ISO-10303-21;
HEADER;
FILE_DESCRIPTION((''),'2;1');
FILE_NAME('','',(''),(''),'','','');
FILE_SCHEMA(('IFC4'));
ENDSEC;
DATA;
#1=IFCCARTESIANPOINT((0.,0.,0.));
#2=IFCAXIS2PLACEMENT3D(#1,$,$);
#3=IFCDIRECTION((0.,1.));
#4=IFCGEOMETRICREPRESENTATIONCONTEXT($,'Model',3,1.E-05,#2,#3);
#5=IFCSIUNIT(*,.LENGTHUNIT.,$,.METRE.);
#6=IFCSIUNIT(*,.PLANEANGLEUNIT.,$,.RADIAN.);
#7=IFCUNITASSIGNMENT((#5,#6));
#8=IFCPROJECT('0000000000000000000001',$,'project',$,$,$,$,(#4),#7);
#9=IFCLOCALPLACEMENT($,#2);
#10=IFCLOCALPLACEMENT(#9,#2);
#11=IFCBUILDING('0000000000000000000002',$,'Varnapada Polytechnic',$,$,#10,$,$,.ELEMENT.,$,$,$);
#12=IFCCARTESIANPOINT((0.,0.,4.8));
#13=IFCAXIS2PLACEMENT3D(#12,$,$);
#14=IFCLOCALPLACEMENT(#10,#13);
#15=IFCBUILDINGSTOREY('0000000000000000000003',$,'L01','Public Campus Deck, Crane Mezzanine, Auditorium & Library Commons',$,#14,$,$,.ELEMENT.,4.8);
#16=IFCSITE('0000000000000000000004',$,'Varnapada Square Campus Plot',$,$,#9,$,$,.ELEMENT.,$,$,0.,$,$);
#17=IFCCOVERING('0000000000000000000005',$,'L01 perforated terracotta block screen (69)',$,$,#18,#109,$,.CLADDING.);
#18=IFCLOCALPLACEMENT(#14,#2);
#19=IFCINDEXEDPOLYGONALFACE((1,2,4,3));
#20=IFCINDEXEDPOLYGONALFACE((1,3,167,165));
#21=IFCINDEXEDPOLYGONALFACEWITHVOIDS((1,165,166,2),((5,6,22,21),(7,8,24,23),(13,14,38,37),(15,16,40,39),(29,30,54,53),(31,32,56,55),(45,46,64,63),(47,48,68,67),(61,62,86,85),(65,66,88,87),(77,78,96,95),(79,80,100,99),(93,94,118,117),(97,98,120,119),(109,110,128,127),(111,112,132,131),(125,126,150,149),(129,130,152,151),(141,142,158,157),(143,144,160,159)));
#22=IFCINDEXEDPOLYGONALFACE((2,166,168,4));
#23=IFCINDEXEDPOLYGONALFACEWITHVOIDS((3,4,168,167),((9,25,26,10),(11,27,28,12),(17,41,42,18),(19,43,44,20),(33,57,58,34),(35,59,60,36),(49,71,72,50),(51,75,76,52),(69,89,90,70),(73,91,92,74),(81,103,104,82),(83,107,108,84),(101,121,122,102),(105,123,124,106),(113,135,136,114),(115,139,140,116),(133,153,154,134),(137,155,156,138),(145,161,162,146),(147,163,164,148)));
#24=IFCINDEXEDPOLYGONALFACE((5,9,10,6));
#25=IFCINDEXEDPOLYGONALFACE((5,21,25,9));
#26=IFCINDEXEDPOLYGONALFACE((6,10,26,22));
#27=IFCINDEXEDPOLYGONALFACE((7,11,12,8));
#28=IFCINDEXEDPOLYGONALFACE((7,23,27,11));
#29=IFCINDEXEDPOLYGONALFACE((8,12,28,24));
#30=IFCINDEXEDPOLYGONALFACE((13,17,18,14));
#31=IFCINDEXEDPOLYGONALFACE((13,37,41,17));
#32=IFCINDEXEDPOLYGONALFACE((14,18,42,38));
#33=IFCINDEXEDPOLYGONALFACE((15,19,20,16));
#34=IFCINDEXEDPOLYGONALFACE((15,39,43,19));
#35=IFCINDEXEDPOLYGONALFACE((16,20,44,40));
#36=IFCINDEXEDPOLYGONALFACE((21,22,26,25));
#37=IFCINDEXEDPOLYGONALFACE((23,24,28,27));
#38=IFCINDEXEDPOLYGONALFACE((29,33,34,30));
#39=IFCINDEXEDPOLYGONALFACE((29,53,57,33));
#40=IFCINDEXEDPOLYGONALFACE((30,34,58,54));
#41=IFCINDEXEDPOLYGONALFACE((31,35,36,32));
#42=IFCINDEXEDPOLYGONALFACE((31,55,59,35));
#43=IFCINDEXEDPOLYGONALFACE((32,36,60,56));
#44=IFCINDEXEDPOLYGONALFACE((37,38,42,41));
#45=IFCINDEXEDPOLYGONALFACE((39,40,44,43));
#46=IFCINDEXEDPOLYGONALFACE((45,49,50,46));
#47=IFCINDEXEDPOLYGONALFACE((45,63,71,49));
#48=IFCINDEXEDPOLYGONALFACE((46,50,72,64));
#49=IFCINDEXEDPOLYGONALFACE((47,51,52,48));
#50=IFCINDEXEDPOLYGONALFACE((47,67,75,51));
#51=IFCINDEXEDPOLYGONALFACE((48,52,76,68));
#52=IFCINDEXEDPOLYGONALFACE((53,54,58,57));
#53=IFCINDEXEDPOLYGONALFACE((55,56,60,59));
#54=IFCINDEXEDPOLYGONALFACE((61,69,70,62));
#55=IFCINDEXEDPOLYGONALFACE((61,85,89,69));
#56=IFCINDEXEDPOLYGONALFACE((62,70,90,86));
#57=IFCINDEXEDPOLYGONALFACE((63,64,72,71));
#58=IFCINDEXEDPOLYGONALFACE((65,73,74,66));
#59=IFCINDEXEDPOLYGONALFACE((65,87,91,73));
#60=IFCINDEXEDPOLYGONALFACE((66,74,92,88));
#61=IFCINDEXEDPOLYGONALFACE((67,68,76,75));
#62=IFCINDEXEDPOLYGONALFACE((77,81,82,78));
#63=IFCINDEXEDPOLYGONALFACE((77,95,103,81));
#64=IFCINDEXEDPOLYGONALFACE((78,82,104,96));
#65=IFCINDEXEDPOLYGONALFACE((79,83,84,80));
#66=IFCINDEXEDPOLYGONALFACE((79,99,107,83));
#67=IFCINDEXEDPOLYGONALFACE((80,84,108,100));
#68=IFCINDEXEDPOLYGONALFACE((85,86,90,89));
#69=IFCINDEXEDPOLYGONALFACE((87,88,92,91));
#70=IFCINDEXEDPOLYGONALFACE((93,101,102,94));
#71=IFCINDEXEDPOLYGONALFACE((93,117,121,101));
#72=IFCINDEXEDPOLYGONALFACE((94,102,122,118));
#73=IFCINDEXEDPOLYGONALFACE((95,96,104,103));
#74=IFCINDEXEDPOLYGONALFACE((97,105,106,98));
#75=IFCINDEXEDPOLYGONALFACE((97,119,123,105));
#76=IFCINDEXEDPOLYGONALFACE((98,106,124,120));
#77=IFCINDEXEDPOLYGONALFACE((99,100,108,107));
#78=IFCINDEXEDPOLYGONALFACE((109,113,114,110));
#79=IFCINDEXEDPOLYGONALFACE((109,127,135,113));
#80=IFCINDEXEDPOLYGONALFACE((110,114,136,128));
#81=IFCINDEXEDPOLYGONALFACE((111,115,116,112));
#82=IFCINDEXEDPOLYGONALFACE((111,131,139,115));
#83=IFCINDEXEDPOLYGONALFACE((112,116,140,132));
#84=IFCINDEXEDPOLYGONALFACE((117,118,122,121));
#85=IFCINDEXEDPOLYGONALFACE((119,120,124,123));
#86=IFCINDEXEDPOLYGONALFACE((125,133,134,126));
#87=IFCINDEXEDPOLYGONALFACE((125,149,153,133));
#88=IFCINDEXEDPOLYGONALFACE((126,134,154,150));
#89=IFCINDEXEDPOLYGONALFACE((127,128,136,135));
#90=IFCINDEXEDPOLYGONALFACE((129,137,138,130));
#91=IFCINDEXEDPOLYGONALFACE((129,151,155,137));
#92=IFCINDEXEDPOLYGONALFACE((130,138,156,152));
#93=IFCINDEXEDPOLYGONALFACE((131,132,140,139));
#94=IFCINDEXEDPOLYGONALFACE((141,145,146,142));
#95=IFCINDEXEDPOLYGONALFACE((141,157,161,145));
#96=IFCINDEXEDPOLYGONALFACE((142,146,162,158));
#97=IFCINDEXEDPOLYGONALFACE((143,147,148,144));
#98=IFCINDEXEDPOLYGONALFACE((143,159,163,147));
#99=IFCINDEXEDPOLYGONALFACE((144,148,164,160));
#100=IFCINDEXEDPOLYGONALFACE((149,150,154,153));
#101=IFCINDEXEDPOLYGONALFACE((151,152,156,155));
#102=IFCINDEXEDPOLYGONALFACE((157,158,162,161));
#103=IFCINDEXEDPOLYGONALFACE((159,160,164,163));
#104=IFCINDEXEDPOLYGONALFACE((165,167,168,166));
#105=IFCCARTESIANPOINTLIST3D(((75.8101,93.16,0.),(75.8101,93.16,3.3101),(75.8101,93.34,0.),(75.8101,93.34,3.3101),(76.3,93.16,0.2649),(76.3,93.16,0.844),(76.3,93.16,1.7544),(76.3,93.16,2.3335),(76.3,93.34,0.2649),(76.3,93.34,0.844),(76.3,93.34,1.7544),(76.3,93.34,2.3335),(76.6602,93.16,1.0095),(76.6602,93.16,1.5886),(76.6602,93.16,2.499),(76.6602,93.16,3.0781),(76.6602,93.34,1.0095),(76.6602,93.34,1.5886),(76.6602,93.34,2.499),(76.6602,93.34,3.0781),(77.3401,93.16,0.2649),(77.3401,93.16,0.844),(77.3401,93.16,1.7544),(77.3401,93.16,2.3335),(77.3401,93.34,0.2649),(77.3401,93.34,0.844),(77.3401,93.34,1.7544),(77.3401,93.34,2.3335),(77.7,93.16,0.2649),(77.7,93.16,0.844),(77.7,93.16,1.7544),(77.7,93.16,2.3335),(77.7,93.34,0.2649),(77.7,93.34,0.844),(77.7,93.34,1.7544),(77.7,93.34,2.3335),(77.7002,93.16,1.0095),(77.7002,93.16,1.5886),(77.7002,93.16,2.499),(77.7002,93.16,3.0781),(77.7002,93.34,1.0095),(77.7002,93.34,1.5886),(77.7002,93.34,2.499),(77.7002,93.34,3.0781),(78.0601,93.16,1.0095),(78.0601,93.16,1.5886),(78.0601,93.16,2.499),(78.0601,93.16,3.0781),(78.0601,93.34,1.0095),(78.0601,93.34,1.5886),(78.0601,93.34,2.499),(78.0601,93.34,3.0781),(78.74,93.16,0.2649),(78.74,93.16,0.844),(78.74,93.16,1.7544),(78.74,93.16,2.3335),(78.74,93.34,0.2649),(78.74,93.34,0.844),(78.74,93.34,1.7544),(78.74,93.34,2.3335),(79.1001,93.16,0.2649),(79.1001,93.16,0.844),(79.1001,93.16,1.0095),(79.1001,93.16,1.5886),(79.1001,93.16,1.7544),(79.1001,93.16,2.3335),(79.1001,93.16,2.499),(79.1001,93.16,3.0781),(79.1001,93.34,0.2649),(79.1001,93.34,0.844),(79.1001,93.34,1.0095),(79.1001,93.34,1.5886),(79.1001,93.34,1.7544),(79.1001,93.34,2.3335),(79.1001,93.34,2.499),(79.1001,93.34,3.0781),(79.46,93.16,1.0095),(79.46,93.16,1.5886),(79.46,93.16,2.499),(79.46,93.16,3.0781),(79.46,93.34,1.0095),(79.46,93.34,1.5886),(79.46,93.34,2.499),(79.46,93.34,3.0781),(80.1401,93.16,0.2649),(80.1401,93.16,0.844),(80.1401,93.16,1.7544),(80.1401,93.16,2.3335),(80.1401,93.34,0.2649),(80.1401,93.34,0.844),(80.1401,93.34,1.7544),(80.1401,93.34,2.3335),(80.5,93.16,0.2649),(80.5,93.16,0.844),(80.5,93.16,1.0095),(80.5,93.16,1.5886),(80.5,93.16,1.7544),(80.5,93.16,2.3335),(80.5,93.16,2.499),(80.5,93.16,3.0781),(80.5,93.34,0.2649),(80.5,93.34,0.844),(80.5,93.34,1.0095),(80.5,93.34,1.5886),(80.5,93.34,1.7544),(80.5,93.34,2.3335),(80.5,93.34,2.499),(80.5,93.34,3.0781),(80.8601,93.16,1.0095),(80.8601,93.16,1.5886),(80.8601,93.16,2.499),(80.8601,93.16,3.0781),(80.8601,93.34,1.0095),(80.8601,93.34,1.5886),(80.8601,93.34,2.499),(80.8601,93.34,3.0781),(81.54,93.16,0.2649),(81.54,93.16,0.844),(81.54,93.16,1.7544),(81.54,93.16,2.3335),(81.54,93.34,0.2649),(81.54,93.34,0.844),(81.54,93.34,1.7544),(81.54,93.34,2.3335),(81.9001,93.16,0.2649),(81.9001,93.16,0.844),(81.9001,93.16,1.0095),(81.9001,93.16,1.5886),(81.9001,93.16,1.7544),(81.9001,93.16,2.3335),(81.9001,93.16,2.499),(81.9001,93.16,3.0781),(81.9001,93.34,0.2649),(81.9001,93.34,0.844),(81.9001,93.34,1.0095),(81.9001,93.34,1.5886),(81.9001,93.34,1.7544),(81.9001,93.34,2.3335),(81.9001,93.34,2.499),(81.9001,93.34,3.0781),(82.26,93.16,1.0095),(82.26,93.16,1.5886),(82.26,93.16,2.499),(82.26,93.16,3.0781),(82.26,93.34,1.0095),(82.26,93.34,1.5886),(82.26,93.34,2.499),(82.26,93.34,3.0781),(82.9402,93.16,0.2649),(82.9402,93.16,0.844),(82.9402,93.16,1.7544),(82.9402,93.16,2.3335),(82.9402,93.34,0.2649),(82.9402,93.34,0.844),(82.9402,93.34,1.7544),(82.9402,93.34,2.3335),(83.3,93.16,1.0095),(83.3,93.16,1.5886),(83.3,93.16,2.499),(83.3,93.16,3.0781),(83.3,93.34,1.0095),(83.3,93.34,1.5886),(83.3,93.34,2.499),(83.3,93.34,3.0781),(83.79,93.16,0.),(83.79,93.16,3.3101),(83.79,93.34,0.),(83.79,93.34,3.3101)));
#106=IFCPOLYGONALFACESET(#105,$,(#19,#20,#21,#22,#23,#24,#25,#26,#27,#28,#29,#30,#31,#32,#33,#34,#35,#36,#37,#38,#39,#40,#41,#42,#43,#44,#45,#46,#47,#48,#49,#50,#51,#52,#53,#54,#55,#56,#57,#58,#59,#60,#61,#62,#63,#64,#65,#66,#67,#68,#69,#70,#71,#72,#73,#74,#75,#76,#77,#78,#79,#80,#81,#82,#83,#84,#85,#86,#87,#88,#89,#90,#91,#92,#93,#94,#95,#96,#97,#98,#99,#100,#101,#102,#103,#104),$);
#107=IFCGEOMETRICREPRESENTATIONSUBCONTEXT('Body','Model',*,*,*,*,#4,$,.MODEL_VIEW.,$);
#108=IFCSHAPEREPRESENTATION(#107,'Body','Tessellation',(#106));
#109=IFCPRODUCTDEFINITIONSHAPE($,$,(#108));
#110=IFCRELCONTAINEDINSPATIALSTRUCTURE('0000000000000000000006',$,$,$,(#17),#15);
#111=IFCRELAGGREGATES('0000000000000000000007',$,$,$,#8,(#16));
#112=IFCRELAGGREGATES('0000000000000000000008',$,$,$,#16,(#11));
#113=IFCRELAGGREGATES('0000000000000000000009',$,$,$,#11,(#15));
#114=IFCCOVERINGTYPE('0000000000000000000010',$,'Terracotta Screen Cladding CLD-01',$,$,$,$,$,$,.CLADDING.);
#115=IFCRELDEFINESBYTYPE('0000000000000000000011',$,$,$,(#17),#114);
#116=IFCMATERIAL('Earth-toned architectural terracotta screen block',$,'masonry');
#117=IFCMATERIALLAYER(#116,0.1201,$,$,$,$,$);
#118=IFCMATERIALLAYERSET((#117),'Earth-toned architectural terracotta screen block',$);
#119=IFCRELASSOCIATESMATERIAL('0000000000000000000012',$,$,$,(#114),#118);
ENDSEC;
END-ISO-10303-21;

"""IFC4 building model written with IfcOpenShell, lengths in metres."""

from ifc_helpers import new_model, si_unit, direction, frame, frame_2d, origin, place, context, subcontext, project, spatial, rectangle, extrude, material, layer, layer_set, type_object, element, save


model = new_model("IFC4")

# Units and contexts
model_context = context("Model", 3, precision=1e-05, world=origin(), true_north=direction((0.0, 1.0)))
body_context = subcontext(model_context, "Body", "Model", "MODEL_VIEW")
ifc_project = project(units=[si_unit("LENGTHUNIT", "METRE"), si_unit("PLANEANGLEUNIT", "RADIAN")], contexts=[model_context])

# Site, building, storey
site_placement = place(None, origin())
site = spatial("IfcSite", under=ifc_project, at=site_placement, Name="Varnapada Square Campus Plot", CompositionType="ELEMENT", RefElevation=0.0)
building_placement = place(site_placement, origin())
building = spatial("IfcBuilding", under=site, at=building_placement, Name="Varnapada Polytechnic", CompositionType="ELEMENT")
storey_placement = place(building_placement, frame((0.0, 0.0, 4.8)))
storey = spatial("IfcBuildingStorey", under=building, at=storey_placement, Name="L01", Description="Public Campus Deck, Crane Mezzanine, Auditorium & Library Commons", CompositionType="ELEMENT", Elevation=4.8)

# Covering, openings
ifc_material = material(Name="Earth-toned architectural terracotta screen block", Category="masonry")
ifc_layer = layer(ifc_material, 0.1201)
ifc_layer_set = layer_set([ifc_layer], Name="Earth-toned architectural terracotta screen block")
covering_type = type_object("IfcCoveringType", Name="Terracotta Screen Cladding CLD-01", PredefinedType="CLADDING", material=ifc_layer_set)
covering_placement = place(storey_placement, frame((75.8101, 93.25, 0.0), z_axis=(0.0, 0.0, 1.0), x_axis=(1.0, 0.0, 0.0)))
covering = element("IfcCovering", 1, at=covering_placement, inside=storey, type_object=covering_type, Name="L01 perforated terracotta block screen (69)", PredefinedType="CLADDING", context=body_context, shape_type="SweptSolid", body=[
    extrude(rectangle(XDim=7.98, YDim=0.1799, at=frame_2d((3.99, 0.0))), origin(), (0.0, 0.0, 1.0), 3.3101),
])
opening_1_placement = place(covering_placement, frame((0.49, 0.0, 0.2649)))
element("IfcOpeningElement", 2, at=opening_1_placement, cuts=covering, PredefinedType="OPENING", context=body_context, shape_type="SweptSolid", body=[
    extrude(rectangle(XDim=1.04, YDim=0.5791, at=frame_2d((0.52, 0.2896))), frame((0.0, 0.0999, 0.0), z_axis=(0.0, -1.0, 0.0), x_axis=(1.0, 0.0, 0.0)), (0.0, 0.0, 1.0), 0.2),
])
opening_2_placement = place(covering_placement, frame((1.8899, 0.0, 0.2649)))
element("IfcOpeningElement", 3, at=opening_2_placement, cuts=covering, PredefinedType="OPENING", context=body_context, shape_type="SweptSolid", body=[
    extrude(rectangle(XDim=1.04, YDim=0.5791, at=frame_2d((0.52, 0.2896))), frame((0.0, 0.0999, 0.0), z_axis=(0.0, -1.0, 0.0), x_axis=(1.0, 0.0, 0.0)), (0.0, 0.0, 1.0), 0.2),
])
opening_3_placement = place(covering_placement, frame((3.29, 0.0, 0.2649)))
element("IfcOpeningElement", 4, at=opening_3_placement, cuts=covering, PredefinedType="OPENING", context=body_context, shape_type="SweptSolid", body=[
    extrude(rectangle(XDim=1.04, YDim=0.5791, at=frame_2d((0.52, 0.2896))), frame((0.0, 0.0999, 0.0), z_axis=(0.0, -1.0, 0.0), x_axis=(1.0, 0.0, 0.0)), (0.0, 0.0, 1.0), 0.2),
])
opening_4_placement = place(covering_placement, frame((4.6899, 0.0, 0.2649)))
element("IfcOpeningElement", 5, at=opening_4_placement, cuts=covering, PredefinedType="OPENING", context=body_context, shape_type="SweptSolid", body=[
    extrude(rectangle(XDim=1.04, YDim=0.5791, at=frame_2d((0.52, 0.2896))), frame((0.0, 0.0999, 0.0), z_axis=(0.0, -1.0, 0.0), x_axis=(1.0, 0.0, 0.0)), (0.0, 0.0, 1.0), 0.2),
])
opening_5_placement = place(covering_placement, frame((6.0901, 0.0, 0.2649)))
element("IfcOpeningElement", 6, at=opening_5_placement, cuts=covering, PredefinedType="OPENING", context=body_context, shape_type="SweptSolid", body=[
    extrude(rectangle(XDim=1.04, YDim=0.5791, at=frame_2d((0.52, 0.2896))), frame((0.0, 0.0999, 0.0), z_axis=(0.0, -1.0, 0.0), x_axis=(1.0, 0.0, 0.0)), (0.0, 0.0, 1.0), 0.2),
])
opening_6_placement = place(covering_placement, frame((0.8501, 0.0, 1.0095)))
element("IfcOpeningElement", 7, at=opening_6_placement, cuts=covering, PredefinedType="OPENING", context=body_context, shape_type="SweptSolid", body=[
    extrude(rectangle(XDim=1.04, YDim=0.5791, at=frame_2d((0.52, 0.2896))), frame((0.0, 0.0999, 0.0), z_axis=(0.0, -1.0, 0.0), x_axis=(1.0, 0.0, 0.0)), (0.0, 0.0, 1.0), 0.2),
])
opening_7_placement = place(covering_placement, frame((2.25, 0.0, 1.0095)))
element("IfcOpeningElement", 8, at=opening_7_placement, cuts=covering, PredefinedType="OPENING", context=body_context, shape_type="SweptSolid", body=[
    extrude(rectangle(XDim=1.04, YDim=0.5791, at=frame_2d((0.52, 0.2896))), frame((0.0, 0.0999, 0.0), z_axis=(0.0, -1.0, 0.0), x_axis=(1.0, 0.0, 0.0)), (0.0, 0.0, 1.0), 0.2),
])
opening_8_placement = place(covering_placement, frame((3.6499, 0.0, 1.0095)))
element("IfcOpeningElement", 9, at=opening_8_placement, cuts=covering, PredefinedType="OPENING", context=body_context, shape_type="SweptSolid", body=[
    extrude(rectangle(XDim=1.04, YDim=0.5791, at=frame_2d((0.52, 0.2896))), frame((0.0, 0.0999, 0.0), z_axis=(0.0, -1.0, 0.0), x_axis=(1.0, 0.0, 0.0)), (0.0, 0.0, 1.0), 0.2),
])
opening_9_placement = place(covering_placement, frame((5.05, 0.0, 1.0095)))
element("IfcOpeningElement", 10, at=opening_9_placement, cuts=covering, PredefinedType="OPENING", context=body_context, shape_type="SweptSolid", body=[
    extrude(rectangle(XDim=1.04, YDim=0.5791, at=frame_2d((0.52, 0.2896))), frame((0.0, 0.0999, 0.0), z_axis=(0.0, -1.0, 0.0), x_axis=(1.0, 0.0, 0.0)), (0.0, 0.0, 1.0), 0.2),
])
opening_10_placement = place(covering_placement, frame((6.45, 0.0, 1.0095)))
element("IfcOpeningElement", 11, at=opening_10_placement, cuts=covering, PredefinedType="OPENING", context=body_context, shape_type="SweptSolid", body=[
    extrude(rectangle(XDim=1.04, YDim=0.5791, at=frame_2d((0.52, 0.2896))), frame((0.0, 0.0999, 0.0), z_axis=(0.0, -1.0, 0.0), x_axis=(1.0, 0.0, 0.0)), (0.0, 0.0, 1.0), 0.2),
])
opening_11_placement = place(covering_placement, frame((0.49, 0.0, 1.7544)))
element("IfcOpeningElement", 12, at=opening_11_placement, cuts=covering, PredefinedType="OPENING", context=body_context, shape_type="SweptSolid", body=[
    extrude(rectangle(XDim=1.04, YDim=0.5791, at=frame_2d((0.52, 0.2896))), frame((0.0, 0.0999, 0.0), z_axis=(0.0, -1.0, 0.0), x_axis=(1.0, 0.0, 0.0)), (0.0, 0.0, 1.0), 0.2),
])
opening_12_placement = place(covering_placement, frame((1.8899, 0.0, 1.7544)))
element("IfcOpeningElement", 13, at=opening_12_placement, cuts=covering, PredefinedType="OPENING", context=body_context, shape_type="SweptSolid", body=[
    extrude(rectangle(XDim=1.04, YDim=0.5791, at=frame_2d((0.52, 0.2896))), frame((0.0, 0.0999, 0.0), z_axis=(0.0, -1.0, 0.0), x_axis=(1.0, 0.0, 0.0)), (0.0, 0.0, 1.0), 0.2),
])
opening_13_placement = place(covering_placement, frame((3.29, 0.0, 1.7544)))
element("IfcOpeningElement", 14, at=opening_13_placement, cuts=covering, PredefinedType="OPENING", context=body_context, shape_type="SweptSolid", body=[
    extrude(rectangle(XDim=1.04, YDim=0.5791, at=frame_2d((0.52, 0.2896))), frame((0.0, 0.0999, 0.0), z_axis=(0.0, -1.0, 0.0), x_axis=(1.0, 0.0, 0.0)), (0.0, 0.0, 1.0), 0.2),
])
opening_14_placement = place(covering_placement, frame((4.6899, 0.0, 1.7544)))
element("IfcOpeningElement", 15, at=opening_14_placement, cuts=covering, PredefinedType="OPENING", context=body_context, shape_type="SweptSolid", body=[
    extrude(rectangle(XDim=1.04, YDim=0.5791, at=frame_2d((0.52, 0.2896))), frame((0.0, 0.0999, 0.0), z_axis=(0.0, -1.0, 0.0), x_axis=(1.0, 0.0, 0.0)), (0.0, 0.0, 1.0), 0.2),
])
opening_15_placement = place(covering_placement, frame((6.0901, 0.0, 1.7544)))
element("IfcOpeningElement", 16, at=opening_15_placement, cuts=covering, PredefinedType="OPENING", context=body_context, shape_type="SweptSolid", body=[
    extrude(rectangle(XDim=1.04, YDim=0.5791, at=frame_2d((0.52, 0.2896))), frame((0.0, 0.0999, 0.0), z_axis=(0.0, -1.0, 0.0), x_axis=(1.0, 0.0, 0.0)), (0.0, 0.0, 1.0), 0.2),
])
opening_16_placement = place(covering_placement, frame((0.8501, 0.0, 2.499)))
element("IfcOpeningElement", 17, at=opening_16_placement, cuts=covering, PredefinedType="OPENING", context=body_context, shape_type="SweptSolid", body=[
    extrude(rectangle(XDim=1.04, YDim=0.5791, at=frame_2d((0.52, 0.2896))), frame((0.0, 0.0999, 0.0), z_axis=(0.0, -1.0, 0.0), x_axis=(1.0, 0.0, 0.0)), (0.0, 0.0, 1.0), 0.2),
])
opening_17_placement = place(covering_placement, frame((2.25, 0.0, 2.499)))
element("IfcOpeningElement", 18, at=opening_17_placement, cuts=covering, PredefinedType="OPENING", context=body_context, shape_type="SweptSolid", body=[
    extrude(rectangle(XDim=1.04, YDim=0.5791, at=frame_2d((0.52, 0.2896))), frame((0.0, 0.0999, 0.0), z_axis=(0.0, -1.0, 0.0), x_axis=(1.0, 0.0, 0.0)), (0.0, 0.0, 1.0), 0.2),
])
opening_18_placement = place(covering_placement, frame((3.6499, 0.0, 2.499)))
element("IfcOpeningElement", 19, at=opening_18_placement, cuts=covering, PredefinedType="OPENING", context=body_context, shape_type="SweptSolid", body=[
    extrude(rectangle(XDim=1.04, YDim=0.5791, at=frame_2d((0.52, 0.2896))), frame((0.0, 0.0999, 0.0), z_axis=(0.0, -1.0, 0.0), x_axis=(1.0, 0.0, 0.0)), (0.0, 0.0, 1.0), 0.2),
])
opening_19_placement = place(covering_placement, frame((5.05, 0.0, 2.499)))
element("IfcOpeningElement", 20, at=opening_19_placement, cuts=covering, PredefinedType="OPENING", context=body_context, shape_type="SweptSolid", body=[
    extrude(rectangle(XDim=1.04, YDim=0.5791, at=frame_2d((0.52, 0.2896))), frame((0.0, 0.0999, 0.0), z_axis=(0.0, -1.0, 0.0), x_axis=(1.0, 0.0, 0.0)), (0.0, 0.0, 1.0), 0.2),
])
opening_20_placement = place(covering_placement, frame((6.45, 0.0, 2.499)))
element("IfcOpeningElement", 21, at=opening_20_placement, cuts=covering, PredefinedType="OPENING", context=body_context, shape_type="SweptSolid", body=[
    extrude(rectangle(XDim=1.04, YDim=0.5791, at=frame_2d((0.52, 0.2896))), frame((0.0, 0.0999, 0.0), z_axis=(0.0, -1.0, 0.0), x_axis=(1.0, 0.0, 0.0)), (0.0, 0.0, 1.0), 0.2),
])

save(model, "model.ifc")
